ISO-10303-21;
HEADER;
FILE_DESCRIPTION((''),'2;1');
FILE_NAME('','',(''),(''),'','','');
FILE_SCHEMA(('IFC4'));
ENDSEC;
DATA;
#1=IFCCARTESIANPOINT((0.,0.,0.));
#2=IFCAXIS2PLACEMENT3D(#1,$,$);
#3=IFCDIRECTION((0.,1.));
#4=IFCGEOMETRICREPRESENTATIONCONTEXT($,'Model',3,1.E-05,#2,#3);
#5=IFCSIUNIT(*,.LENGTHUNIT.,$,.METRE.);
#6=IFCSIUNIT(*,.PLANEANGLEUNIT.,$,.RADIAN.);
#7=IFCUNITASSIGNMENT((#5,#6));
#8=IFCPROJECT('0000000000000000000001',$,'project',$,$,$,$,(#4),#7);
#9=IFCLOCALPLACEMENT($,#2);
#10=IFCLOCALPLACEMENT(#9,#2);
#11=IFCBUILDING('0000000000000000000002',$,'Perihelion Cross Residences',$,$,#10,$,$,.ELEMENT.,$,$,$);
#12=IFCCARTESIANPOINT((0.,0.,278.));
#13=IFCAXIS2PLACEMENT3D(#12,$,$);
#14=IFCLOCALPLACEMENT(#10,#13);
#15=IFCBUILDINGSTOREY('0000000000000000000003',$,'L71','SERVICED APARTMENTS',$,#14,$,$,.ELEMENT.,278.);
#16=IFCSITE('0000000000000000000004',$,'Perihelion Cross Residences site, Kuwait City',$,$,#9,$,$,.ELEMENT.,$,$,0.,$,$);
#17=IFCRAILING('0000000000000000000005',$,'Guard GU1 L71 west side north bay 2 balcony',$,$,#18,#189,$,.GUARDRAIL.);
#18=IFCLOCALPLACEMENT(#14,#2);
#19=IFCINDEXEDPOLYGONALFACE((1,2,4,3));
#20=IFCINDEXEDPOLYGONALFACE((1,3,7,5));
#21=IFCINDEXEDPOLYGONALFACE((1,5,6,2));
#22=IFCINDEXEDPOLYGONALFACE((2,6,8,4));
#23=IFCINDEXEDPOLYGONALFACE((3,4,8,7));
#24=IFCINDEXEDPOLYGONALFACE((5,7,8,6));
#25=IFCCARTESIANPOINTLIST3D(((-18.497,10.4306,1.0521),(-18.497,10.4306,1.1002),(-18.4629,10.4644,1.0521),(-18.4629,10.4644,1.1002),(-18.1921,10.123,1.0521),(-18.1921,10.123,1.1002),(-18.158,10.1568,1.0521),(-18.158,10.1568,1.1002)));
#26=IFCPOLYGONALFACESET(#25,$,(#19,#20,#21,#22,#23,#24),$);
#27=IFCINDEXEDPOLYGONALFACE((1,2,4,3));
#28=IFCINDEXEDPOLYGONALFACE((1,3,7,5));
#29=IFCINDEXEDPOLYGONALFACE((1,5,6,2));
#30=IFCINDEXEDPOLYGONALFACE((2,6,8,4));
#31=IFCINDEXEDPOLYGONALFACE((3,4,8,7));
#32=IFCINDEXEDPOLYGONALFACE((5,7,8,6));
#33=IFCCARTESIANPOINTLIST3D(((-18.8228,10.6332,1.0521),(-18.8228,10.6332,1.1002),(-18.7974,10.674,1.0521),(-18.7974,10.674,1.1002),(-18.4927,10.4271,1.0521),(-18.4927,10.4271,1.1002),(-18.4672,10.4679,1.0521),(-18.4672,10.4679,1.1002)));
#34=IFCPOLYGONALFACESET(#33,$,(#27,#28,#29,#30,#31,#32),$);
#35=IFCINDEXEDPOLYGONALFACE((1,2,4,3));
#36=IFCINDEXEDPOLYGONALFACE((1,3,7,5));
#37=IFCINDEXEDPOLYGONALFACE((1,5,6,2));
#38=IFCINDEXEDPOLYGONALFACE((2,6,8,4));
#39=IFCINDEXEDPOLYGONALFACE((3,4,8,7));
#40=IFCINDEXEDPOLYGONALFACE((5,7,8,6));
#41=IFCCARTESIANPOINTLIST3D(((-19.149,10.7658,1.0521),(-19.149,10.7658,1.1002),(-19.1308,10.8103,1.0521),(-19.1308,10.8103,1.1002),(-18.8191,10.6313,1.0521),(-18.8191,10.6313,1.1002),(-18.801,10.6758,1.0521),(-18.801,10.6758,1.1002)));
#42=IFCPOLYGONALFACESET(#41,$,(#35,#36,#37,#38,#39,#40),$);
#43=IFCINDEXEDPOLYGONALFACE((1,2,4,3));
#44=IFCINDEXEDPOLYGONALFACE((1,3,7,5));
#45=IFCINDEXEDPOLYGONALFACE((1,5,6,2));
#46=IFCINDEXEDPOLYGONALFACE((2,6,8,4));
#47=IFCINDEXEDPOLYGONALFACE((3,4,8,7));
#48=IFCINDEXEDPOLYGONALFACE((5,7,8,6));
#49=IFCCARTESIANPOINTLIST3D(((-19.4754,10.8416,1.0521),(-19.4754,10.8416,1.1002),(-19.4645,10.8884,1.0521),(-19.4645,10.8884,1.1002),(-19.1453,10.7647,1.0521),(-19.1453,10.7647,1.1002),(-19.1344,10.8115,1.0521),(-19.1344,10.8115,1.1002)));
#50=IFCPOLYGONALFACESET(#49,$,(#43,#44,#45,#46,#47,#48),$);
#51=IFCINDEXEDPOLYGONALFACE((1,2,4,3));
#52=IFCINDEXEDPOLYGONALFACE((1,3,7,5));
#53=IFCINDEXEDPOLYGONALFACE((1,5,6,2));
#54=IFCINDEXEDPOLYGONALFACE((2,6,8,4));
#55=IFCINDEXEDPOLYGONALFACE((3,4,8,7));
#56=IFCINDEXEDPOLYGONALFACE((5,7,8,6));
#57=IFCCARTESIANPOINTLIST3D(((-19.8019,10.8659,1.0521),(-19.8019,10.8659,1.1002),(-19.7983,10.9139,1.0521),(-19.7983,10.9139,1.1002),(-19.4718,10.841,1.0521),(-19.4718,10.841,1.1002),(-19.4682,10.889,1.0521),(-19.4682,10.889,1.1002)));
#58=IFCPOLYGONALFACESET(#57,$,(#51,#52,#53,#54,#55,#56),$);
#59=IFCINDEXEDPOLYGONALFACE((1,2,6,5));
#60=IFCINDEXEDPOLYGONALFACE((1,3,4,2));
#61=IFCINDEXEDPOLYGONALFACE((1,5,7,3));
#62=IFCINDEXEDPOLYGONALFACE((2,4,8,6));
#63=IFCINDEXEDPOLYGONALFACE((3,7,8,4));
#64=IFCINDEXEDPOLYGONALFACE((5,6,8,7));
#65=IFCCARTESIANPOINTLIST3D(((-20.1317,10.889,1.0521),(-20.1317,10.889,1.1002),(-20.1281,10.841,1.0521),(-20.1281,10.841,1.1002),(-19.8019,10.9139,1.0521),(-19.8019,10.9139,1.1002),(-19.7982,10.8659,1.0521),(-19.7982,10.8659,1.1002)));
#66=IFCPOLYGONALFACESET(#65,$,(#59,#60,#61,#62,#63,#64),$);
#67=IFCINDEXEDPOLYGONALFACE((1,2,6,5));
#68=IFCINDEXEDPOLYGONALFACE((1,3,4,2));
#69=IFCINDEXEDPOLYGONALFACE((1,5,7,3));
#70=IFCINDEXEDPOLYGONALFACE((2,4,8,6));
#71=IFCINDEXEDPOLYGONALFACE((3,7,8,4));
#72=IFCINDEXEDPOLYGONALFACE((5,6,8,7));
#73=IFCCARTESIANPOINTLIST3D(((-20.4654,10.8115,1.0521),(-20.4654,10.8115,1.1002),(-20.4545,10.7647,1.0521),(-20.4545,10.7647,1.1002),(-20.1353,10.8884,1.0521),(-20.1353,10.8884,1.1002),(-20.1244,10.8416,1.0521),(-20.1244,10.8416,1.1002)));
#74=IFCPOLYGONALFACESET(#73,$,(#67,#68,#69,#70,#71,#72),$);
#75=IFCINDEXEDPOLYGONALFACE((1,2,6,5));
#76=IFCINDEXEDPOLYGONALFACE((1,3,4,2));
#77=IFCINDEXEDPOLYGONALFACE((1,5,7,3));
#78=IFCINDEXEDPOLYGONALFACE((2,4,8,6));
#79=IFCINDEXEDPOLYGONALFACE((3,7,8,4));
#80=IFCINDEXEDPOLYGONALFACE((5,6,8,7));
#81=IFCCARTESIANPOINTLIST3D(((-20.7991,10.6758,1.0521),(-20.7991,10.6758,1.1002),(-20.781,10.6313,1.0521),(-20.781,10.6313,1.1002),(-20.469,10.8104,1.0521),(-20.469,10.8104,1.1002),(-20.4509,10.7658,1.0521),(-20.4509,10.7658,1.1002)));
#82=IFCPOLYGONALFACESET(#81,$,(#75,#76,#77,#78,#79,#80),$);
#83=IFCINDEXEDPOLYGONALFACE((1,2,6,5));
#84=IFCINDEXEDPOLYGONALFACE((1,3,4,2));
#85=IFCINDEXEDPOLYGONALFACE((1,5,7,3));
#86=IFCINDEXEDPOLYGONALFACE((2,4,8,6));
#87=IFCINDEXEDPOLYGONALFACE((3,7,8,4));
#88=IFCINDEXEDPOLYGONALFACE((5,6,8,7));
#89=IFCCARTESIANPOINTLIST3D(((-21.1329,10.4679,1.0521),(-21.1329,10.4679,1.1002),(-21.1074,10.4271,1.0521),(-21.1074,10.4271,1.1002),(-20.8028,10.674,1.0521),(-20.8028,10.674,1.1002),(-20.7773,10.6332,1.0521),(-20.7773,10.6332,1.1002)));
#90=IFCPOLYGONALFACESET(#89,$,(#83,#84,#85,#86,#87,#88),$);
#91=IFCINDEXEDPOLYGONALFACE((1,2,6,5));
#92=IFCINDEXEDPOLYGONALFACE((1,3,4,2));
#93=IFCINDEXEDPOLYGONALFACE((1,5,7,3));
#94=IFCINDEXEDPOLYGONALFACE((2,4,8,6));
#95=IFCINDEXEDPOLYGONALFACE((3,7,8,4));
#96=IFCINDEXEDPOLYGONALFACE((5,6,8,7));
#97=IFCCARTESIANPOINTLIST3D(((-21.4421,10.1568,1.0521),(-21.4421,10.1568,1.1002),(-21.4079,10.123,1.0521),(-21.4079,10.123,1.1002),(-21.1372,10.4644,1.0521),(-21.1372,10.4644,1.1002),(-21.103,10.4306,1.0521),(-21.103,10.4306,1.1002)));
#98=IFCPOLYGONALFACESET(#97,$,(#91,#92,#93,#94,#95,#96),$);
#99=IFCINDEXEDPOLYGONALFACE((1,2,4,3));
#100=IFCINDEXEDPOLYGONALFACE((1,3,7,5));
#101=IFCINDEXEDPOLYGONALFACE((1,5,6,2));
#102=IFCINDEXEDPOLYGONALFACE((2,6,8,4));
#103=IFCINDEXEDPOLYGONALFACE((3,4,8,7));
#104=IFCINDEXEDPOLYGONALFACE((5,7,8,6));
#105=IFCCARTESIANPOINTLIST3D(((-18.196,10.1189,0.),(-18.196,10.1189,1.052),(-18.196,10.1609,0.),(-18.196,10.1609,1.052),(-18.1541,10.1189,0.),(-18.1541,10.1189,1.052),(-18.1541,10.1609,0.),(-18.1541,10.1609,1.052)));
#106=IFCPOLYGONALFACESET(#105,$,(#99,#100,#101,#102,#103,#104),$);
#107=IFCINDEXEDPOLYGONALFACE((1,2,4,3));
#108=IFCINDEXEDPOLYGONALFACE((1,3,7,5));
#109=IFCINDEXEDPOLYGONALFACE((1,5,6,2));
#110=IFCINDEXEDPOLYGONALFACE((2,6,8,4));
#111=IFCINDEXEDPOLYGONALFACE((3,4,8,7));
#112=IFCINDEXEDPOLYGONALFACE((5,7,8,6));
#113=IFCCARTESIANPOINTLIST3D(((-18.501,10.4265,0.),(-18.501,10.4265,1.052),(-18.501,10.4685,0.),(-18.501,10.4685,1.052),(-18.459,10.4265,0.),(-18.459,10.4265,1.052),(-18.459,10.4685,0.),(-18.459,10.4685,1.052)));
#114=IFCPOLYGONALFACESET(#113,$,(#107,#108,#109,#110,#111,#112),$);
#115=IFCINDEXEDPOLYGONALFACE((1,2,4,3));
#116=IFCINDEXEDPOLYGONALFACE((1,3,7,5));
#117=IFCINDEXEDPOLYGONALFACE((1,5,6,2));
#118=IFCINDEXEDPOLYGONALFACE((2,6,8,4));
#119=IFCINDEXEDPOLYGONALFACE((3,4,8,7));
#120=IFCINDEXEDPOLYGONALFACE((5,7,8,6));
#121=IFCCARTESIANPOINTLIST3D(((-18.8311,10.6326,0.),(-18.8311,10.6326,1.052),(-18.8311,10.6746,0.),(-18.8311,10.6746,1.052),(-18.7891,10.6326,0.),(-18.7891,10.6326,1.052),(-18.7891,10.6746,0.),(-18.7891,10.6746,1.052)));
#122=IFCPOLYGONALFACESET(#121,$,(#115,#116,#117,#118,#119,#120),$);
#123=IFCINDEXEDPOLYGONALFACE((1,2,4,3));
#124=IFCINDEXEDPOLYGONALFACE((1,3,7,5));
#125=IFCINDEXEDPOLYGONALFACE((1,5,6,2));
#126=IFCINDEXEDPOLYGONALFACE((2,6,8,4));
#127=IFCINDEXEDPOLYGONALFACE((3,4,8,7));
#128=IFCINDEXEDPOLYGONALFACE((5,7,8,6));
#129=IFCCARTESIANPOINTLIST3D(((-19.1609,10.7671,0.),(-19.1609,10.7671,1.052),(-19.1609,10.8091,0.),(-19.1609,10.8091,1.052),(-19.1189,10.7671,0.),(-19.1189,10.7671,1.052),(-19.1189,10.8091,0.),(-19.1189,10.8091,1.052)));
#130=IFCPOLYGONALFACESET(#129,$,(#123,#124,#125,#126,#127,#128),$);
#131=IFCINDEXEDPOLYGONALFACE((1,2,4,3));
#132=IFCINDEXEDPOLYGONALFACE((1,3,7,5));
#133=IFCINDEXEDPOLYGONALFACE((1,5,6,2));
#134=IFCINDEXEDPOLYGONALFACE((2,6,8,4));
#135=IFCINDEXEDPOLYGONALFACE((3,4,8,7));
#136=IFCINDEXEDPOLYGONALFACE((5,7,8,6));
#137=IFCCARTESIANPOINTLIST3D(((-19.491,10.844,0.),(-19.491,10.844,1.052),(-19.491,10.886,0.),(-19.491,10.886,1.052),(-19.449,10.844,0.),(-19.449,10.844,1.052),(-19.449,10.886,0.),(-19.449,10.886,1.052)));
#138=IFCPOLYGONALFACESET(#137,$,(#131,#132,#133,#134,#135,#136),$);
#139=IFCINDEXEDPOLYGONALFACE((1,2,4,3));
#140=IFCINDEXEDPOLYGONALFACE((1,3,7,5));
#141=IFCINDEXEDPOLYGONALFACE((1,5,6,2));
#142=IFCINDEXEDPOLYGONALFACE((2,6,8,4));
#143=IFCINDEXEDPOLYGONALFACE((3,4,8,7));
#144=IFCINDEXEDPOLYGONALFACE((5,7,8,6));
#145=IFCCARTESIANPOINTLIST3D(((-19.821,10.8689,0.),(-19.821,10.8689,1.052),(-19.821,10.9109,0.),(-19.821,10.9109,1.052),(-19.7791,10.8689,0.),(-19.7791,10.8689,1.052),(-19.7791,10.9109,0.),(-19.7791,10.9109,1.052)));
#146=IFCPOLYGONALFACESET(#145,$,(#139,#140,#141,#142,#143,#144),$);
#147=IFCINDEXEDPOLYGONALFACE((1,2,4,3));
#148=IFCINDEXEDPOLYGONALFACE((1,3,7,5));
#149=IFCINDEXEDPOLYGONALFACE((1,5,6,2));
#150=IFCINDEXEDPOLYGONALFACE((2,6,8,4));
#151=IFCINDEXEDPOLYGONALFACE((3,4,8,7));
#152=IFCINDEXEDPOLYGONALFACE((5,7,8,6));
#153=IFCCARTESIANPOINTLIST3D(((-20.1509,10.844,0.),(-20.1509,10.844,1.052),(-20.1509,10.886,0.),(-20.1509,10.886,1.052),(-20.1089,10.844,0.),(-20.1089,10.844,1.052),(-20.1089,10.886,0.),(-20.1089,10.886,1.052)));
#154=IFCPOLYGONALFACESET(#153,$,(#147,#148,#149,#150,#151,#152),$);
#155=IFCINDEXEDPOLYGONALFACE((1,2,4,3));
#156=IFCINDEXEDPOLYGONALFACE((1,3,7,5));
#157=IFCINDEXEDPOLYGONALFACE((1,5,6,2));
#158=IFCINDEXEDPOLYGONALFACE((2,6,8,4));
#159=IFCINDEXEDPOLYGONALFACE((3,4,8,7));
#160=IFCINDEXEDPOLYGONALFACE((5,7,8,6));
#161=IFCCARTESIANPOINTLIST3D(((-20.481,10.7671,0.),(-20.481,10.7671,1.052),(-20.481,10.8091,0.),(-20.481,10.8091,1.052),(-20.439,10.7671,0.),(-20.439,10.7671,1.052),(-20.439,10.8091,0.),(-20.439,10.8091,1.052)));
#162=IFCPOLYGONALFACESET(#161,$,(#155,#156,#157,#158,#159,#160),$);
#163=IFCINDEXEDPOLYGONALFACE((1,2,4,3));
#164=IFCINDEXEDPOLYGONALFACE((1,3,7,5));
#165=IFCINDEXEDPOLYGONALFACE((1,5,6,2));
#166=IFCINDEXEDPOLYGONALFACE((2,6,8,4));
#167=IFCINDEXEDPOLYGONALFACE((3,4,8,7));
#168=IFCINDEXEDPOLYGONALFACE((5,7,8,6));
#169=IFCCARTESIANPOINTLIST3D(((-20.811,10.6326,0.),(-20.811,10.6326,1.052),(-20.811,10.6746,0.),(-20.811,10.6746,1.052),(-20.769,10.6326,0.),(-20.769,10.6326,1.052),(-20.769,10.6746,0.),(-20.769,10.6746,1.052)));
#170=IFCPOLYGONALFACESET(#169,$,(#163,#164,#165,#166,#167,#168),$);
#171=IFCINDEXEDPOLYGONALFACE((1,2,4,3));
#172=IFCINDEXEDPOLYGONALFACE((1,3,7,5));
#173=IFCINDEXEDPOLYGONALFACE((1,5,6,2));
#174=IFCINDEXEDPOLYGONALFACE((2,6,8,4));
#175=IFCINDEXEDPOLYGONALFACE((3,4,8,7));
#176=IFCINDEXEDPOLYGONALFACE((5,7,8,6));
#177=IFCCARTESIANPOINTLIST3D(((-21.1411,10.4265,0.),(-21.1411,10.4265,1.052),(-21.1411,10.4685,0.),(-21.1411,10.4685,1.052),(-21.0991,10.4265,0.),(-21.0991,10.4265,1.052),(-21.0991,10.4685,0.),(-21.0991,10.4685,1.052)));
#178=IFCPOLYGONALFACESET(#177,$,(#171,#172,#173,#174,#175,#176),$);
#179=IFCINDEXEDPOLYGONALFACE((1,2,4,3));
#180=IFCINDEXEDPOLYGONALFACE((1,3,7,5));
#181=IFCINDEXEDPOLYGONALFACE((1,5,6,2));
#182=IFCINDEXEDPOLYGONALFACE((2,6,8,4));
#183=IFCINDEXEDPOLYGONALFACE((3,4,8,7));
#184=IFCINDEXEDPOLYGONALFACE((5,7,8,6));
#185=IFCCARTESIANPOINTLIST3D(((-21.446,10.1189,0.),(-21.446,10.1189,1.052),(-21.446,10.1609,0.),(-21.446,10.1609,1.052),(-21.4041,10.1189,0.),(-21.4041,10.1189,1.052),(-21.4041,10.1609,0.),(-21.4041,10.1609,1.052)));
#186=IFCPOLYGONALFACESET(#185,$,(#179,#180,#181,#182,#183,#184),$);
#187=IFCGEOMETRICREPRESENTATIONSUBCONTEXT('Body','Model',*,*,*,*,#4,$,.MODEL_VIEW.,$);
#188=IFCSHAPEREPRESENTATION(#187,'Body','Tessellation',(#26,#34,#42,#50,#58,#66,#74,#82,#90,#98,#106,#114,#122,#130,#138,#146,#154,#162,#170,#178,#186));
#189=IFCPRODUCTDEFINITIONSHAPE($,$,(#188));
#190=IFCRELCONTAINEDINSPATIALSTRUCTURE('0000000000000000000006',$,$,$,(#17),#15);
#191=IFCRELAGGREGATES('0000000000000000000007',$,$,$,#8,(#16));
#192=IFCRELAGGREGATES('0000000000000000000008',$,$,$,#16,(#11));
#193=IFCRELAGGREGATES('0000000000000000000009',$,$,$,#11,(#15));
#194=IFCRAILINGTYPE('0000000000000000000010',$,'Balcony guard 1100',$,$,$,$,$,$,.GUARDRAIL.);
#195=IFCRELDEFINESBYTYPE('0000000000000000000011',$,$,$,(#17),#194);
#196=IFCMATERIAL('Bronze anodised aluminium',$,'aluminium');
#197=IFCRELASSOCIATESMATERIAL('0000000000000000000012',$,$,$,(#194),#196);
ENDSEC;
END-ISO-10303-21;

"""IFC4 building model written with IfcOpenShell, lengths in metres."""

from ifc_helpers import new_model, si_unit, direction, frame, origin, origin_2d, place, context, subcontext, project, spatial, rectangle, extrude, material, type_object, element, save


model = new_model("IFC4")

# Units and contexts
model_context = context("Model", 3, precision=1e-05, world=origin(), true_north=direction((0.0, 1.0)))
body_context = subcontext(model_context, "Body", "Model", "MODEL_VIEW")
ifc_project = project(units=[si_unit("LENGTHUNIT", "METRE"), si_unit("PLANEANGLEUNIT", "RADIAN")], contexts=[model_context])

# Site, building, storey
site_placement = place(None, origin())
site = spatial("IfcSite", under=ifc_project, at=site_placement, Name="Perihelion Cross Residences site, Kuwait City", CompositionType="ELEMENT", RefElevation=0.0)
building_placement = place(site_placement, origin())
building = spatial("IfcBuilding", under=site, at=building_placement, Name="Perihelion Cross Residences", CompositionType="ELEMENT")
storey_placement = place(building_placement, frame((0.0, 0.0, 278.0)))
storey = spatial("IfcBuildingStorey", under=building, at=storey_placement, Name="L71", Description="SERVICED APARTMENTS", CompositionType="ELEMENT", Elevation=278.0)

# Railing
ifc_material_1 = material(Name="Bronze anodised aluminium", Category="aluminium")
railing_type = type_object("IfcRailingType", Name="Balcony guard 1100", PredefinedType="GUARDRAIL", material=ifc_material_1)
railing_placement = place(storey_placement, frame((-18.175, 10.1399, 0.0)))
element("IfcRailing", 1, at=railing_placement, inside=storey, type_object=railing_type, Name="Guard GU1 L71 west side north bay 2 balcony", PredefinedType="GUARDRAIL", context=body_context, shape_type="SweptSolid", body=[
    extrude(rectangle(XDim=0.0481, YDim=0.0481, at=origin_2d()), frame((0.0, 0.0, 1.0762), z_axis=(-0.704, 0.7102, 0.0), x_axis=(-0.7102, -0.704, 0.0)), (0.0, 0.0, 1.0), 0.4331),
    extrude(rectangle(XDim=0.0481, YDim=0.0481, at=origin_2d()), frame((-0.3049, 0.3076, 1.0762), z_axis=(-0.84828, 0.529548, 0.0), x_axis=(-0.529548, -0.84828, 0.0)), (0.0, 0.0, 1.0), 0.3892),
    extrude(rectangle(XDim=0.0481, YDim=0.0481, at=origin_2d()), frame((-0.635, 0.5137, 1.0762), z_axis=(-0.92595, 0.377645, 0.0), x_axis=(-0.377645, -0.92595, 0.0)), (0.0, 0.0, 1.0), 0.3562),
    extrude(rectangle(XDim=0.0481, YDim=0.0481, at=origin_2d()), frame((-0.9648, 0.6482, 1.0762), z_axis=(-0.973916, 0.226911, 0.0), x_axis=(-0.226911, -0.973916, 0.0)), (0.0, 0.0, 1.0), 0.3389),
    extrude(rectangle(XDim=0.0481, YDim=0.0481, at=origin_2d()), frame((-1.2949, 0.7251, 1.0762), z_axis=(-0.997166, 0.07523, 0.0), x_axis=(-0.07523, -0.997166, 0.0)), (0.0, 0.0, 1.0), 0.3311),
    extrude(rectangle(XDim=0.0481, YDim=0.0481, at=origin_2d()), frame((-1.625, 0.75, 1.0762), z_axis=(-0.997162, -0.075285, 0.0), x_axis=(0.075285, -0.997162, 0.0)), (0.0, 0.0, 1.0), 0.3308),
    extrude(rectangle(XDim=0.0481, YDim=0.0481, at=origin_2d()), frame((-1.9548, 0.7251, 1.0762), z_axis=(-0.973916, -0.226911, 0.0), x_axis=(0.226911, -0.973916, 0.0)), (0.0, 0.0, 1.0), 0.3389),
    extrude(rectangle(XDim=0.0481, YDim=0.0481, at=origin_2d()), frame((-2.2849, 0.6482, 1.0762), z_axis=(-0.926048, -0.377406, 0.0), x_axis=(0.377406, -0.926048, 0.0)), (0.0, 0.0, 1.0), 0.3564),
    extrude(rectangle(XDim=0.0481, YDim=0.0481, at=origin_2d()), frame((-2.615, 0.5137, 1.0762), z_axis=(-0.84828, -0.529548, 0.0), x_axis=(0.529548, -0.84828, 0.0)), (0.0, 0.0, 1.0), 0.3892),
    extrude(rectangle(XDim=0.0481, YDim=0.0481, at=origin_2d()), frame((-2.9451, 0.3076, 1.0762), z_axis=(-0.704, -0.7102, 0.0), x_axis=(0.7102, -0.704, 0.0)), (0.0, 0.0, 1.0), 0.4331),
    extrude(rectangle(XDim=0.042, YDim=0.042, at=origin_2d()), origin(), (0.0, 0.0, 1.0), 1.052),
    extrude(rectangle(XDim=0.042, YDim=0.042, at=origin_2d()), frame((-0.3049, 0.3076, 0.0)), (0.0, 0.0, 1.0), 1.052),
    extrude(rectangle(XDim=0.042, YDim=0.042, at=origin_2d()), frame((-0.635, 0.5137, 0.0)), (0.0, 0.0, 1.0), 1.052),
    extrude(rectangle(XDim=0.042, YDim=0.042, at=origin_2d()), frame((-0.9648, 0.6482, 0.0)), (0.0, 0.0, 1.0), 1.052),
    extrude(rectangle(XDim=0.042, YDim=0.042, at=origin_2d()), frame((-1.2949, 0.7251, 0.0)), (0.0, 0.0, 1.0), 1.052),
    extrude(rectangle(XDim=0.042, YDim=0.042, at=origin_2d()), frame((-1.625, 0.75, 0.0)), (0.0, 0.0, 1.0), 1.052),
    extrude(rectangle(XDim=0.042, YDim=0.042, at=origin_2d()), frame((-1.9548, 0.7251, 0.0)), (0.0, 0.0, 1.0), 1.052),
    extrude(rectangle(XDim=0.042, YDim=0.042, at=origin_2d()), frame((-2.2849, 0.6482, 0.0)), (0.0, 0.0, 1.0), 1.052),
    extrude(rectangle(XDim=0.042, YDim=0.042, at=origin_2d()), frame((-2.615, 0.5137, 0.0)), (0.0, 0.0, 1.0), 1.052),
    extrude(rectangle(XDim=0.042, YDim=0.042, at=origin_2d()), frame((-2.9451, 0.3076, 0.0)), (0.0, 0.0, 1.0), 1.052),
    extrude(rectangle(XDim=0.042, YDim=0.042, at=origin_2d()), frame((-3.25, 0.0, 0.0)), (0.0, 0.0, 1.0), 1.052),
])

save(model, "model.ifc")
